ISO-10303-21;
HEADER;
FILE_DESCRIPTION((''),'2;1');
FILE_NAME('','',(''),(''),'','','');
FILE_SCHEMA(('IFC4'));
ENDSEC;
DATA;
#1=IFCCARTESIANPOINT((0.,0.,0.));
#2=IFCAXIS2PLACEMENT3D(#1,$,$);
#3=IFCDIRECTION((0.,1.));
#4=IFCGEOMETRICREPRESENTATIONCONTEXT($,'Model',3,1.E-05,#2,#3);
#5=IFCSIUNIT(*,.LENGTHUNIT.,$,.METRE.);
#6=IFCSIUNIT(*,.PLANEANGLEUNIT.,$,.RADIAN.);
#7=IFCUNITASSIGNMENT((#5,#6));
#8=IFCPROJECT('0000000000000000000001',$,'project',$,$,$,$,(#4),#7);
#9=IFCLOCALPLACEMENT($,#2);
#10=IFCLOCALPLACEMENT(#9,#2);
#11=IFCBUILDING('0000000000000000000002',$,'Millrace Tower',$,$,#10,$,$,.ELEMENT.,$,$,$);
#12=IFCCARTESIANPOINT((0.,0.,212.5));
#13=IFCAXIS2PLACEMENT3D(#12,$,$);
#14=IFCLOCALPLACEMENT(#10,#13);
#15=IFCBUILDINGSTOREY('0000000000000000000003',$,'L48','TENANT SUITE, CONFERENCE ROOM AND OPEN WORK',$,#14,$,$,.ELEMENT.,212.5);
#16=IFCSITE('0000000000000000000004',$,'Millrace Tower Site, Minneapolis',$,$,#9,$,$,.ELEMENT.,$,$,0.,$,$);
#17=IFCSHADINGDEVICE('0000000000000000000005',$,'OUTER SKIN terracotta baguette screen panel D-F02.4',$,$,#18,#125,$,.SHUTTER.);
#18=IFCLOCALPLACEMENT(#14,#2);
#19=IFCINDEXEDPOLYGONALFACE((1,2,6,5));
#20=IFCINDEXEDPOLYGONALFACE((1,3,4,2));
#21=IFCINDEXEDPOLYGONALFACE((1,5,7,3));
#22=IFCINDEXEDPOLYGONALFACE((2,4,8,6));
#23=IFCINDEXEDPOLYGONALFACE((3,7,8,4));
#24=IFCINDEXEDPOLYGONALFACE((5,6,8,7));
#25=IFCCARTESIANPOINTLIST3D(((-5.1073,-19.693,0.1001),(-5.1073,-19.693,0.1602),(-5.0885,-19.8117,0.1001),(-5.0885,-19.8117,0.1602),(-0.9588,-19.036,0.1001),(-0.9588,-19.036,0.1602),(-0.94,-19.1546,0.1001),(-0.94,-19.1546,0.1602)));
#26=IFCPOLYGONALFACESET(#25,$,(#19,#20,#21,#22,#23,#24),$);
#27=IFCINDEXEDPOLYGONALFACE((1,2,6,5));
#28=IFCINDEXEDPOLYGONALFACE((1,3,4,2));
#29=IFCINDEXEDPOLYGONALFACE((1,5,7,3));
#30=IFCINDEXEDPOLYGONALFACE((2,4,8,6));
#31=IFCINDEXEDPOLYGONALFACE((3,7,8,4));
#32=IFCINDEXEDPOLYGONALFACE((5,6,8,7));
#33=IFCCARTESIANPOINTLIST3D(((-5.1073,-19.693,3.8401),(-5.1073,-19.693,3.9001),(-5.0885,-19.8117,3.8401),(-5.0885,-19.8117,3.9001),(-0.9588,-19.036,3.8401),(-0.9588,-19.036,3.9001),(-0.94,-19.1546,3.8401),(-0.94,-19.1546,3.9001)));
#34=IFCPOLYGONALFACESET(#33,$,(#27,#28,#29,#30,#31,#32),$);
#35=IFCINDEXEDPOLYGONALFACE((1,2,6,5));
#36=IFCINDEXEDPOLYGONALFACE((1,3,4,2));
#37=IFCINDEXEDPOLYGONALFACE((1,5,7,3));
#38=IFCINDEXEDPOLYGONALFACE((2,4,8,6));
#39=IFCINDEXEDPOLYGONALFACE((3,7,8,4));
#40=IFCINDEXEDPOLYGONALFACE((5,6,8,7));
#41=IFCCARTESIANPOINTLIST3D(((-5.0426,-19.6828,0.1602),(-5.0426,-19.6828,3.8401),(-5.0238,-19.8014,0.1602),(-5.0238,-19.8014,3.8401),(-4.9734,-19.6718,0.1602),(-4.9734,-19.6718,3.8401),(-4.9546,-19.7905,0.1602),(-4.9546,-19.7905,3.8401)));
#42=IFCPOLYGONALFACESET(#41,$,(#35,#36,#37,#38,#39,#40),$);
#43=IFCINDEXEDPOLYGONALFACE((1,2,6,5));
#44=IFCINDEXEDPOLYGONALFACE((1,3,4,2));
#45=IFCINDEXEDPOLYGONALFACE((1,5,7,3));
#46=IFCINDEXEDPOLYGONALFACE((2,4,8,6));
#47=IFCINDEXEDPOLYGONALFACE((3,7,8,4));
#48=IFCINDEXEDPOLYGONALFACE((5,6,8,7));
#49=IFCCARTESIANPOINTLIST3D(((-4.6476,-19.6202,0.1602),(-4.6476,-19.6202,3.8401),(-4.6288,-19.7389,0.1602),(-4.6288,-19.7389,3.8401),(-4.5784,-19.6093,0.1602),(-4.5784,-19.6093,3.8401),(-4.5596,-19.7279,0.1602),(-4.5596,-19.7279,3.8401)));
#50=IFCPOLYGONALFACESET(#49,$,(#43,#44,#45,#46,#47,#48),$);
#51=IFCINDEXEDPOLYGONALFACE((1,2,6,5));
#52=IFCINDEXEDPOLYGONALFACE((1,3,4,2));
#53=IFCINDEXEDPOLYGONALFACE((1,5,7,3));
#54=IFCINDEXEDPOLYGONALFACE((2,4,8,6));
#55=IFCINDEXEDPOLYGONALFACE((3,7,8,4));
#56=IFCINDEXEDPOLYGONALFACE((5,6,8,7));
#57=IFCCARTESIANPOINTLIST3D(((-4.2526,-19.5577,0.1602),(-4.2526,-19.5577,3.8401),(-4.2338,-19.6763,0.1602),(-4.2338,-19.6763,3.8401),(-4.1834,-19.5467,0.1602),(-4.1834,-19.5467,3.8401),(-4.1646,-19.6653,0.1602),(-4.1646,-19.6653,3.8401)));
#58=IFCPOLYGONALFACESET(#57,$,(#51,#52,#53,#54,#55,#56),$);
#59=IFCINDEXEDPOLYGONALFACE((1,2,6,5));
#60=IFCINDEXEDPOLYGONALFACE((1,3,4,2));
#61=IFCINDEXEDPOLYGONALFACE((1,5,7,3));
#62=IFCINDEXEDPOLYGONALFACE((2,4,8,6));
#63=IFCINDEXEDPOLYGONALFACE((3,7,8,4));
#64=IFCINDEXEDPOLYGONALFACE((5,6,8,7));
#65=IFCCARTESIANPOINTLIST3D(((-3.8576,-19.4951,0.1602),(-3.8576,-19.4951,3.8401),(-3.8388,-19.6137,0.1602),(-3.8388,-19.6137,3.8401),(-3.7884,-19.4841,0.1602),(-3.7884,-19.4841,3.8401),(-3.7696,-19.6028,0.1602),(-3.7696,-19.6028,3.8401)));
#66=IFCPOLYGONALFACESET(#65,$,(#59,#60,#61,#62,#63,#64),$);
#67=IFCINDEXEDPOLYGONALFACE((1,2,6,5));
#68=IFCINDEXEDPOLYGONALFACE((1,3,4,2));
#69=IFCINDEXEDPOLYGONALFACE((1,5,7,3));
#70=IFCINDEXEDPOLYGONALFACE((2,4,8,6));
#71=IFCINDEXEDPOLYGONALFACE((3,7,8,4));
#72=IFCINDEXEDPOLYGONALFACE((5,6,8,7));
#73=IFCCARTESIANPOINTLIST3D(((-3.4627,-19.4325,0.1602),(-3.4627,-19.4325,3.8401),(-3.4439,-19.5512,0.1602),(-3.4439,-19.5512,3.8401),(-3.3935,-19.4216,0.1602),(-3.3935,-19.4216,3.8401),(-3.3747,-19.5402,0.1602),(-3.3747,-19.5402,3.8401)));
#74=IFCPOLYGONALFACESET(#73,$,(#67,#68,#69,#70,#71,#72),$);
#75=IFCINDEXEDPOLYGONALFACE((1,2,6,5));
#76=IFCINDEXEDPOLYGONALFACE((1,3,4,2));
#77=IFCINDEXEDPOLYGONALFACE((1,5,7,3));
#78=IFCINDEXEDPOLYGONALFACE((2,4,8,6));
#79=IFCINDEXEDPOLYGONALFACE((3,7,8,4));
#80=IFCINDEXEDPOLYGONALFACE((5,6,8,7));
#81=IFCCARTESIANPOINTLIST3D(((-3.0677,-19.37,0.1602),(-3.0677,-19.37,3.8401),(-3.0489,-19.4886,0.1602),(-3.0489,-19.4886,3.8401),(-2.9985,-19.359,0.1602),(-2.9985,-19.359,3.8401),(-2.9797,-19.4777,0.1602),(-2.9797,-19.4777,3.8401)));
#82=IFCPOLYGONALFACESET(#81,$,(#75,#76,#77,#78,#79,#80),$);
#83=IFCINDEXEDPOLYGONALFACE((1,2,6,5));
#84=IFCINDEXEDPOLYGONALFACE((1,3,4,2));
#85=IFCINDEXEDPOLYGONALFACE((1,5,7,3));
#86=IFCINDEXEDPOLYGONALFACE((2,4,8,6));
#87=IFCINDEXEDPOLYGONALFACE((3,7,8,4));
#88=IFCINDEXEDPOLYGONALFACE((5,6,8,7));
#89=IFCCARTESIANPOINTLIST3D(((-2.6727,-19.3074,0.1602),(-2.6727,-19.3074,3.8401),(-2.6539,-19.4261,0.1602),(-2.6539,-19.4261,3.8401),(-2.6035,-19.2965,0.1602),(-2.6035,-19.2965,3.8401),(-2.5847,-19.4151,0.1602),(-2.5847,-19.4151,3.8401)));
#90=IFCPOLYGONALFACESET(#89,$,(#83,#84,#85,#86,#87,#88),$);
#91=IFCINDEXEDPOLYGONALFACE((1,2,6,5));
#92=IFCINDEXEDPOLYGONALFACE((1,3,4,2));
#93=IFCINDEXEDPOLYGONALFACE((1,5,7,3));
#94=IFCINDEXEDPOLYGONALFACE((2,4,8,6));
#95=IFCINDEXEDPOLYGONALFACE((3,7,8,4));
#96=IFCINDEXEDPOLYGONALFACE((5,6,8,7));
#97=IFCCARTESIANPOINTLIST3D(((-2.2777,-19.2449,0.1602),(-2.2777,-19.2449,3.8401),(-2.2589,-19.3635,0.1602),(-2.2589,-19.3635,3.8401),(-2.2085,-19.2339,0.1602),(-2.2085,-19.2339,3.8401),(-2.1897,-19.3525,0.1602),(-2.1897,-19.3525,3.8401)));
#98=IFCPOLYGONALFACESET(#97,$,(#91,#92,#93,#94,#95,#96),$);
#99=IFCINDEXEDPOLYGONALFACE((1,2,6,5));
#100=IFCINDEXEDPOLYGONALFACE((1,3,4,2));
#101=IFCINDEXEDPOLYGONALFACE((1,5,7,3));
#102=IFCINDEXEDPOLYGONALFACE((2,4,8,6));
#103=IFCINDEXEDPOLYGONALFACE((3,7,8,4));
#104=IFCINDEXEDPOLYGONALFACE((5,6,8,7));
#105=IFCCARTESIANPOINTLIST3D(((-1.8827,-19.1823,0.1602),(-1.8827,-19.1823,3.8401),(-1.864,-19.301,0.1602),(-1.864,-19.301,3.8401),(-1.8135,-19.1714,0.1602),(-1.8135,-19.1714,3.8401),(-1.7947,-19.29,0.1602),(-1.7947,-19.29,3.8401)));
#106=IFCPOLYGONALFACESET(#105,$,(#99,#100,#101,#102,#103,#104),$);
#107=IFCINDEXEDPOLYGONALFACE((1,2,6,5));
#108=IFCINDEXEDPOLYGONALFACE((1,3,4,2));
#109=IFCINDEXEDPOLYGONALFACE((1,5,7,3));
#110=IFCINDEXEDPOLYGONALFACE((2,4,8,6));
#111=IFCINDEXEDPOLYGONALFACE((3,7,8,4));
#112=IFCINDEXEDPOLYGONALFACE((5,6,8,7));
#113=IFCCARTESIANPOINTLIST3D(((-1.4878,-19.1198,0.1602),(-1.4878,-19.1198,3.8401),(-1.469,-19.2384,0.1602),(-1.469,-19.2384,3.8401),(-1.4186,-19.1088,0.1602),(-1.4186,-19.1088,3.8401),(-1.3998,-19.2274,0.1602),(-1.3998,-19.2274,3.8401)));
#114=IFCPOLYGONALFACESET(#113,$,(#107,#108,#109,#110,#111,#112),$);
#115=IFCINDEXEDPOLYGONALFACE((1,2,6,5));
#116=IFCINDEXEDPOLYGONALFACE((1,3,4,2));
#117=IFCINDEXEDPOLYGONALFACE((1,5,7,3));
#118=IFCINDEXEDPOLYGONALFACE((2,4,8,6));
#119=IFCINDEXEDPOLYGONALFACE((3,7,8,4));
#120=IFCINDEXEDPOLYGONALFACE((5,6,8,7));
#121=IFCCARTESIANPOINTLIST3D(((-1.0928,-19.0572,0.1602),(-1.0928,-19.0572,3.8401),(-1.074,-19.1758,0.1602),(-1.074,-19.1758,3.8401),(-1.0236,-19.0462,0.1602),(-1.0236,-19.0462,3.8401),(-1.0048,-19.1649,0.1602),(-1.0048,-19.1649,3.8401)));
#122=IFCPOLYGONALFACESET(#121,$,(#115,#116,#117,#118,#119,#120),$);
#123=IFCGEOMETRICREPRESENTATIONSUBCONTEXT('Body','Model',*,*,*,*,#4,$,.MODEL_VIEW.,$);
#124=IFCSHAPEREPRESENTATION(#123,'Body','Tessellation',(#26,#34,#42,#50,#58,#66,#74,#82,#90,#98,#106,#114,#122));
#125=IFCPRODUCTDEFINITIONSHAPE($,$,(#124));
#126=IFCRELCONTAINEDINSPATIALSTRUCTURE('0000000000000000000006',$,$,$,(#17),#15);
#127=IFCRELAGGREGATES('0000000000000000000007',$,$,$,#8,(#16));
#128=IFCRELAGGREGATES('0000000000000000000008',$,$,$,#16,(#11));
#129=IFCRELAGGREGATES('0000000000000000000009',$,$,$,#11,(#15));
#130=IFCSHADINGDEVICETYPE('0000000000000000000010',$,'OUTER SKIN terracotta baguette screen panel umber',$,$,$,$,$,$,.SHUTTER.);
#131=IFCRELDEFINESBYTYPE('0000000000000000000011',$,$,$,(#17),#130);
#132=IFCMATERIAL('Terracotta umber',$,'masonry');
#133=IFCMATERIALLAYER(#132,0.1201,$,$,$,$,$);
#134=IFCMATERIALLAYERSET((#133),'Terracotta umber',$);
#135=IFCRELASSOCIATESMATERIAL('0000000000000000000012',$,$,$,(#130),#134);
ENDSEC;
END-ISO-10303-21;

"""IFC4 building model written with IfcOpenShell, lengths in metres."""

from ifc_helpers import new_model, entity, si_unit, direction, frame, frame_2d, origin, origin_2d, place, context, subcontext, project, spatial, rectangle, extrude, source, transform, mapped, material, layer, layer_set, type_object, element, save


model = new_model("IFC4")

# Units and contexts
model_context = context("Model", 3, precision=1e-05, world=origin(), true_north=direction((0.0, 1.0)))
body_context = subcontext(model_context, "Body", "Model", "MODEL_VIEW")
ifc_project = project(units=[si_unit("LENGTHUNIT", "METRE"), si_unit("PLANEANGLEUNIT", "RADIAN")], contexts=[model_context])

# Site, building, storey
site_placement = place(None, origin())
site = spatial("IfcSite", under=ifc_project, at=site_placement, Name="Millrace Tower Site, Minneapolis", CompositionType="ELEMENT", RefElevation=0.0)
building_placement = place(site_placement, origin())
building = spatial("IfcBuilding", under=site, at=building_placement, Name="Millrace Tower", CompositionType="ELEMENT")
storey_placement = place(building_placement, frame((0.0, 0.0, 212.5)))
storey = spatial("IfcBuildingStorey", under=building, at=storey_placement, Name="L48", Description="TENANT SUITE, CONFERENCE ROOM AND OPEN WORK", CompositionType="ELEMENT", Elevation=212.5)

# Shading device
ifc_material_1 = material(Name="Terracotta umber", Category="masonry")
ifc_layer_1 = layer(ifc_material_1, 0.1201)
ifc_layer_set_1 = layer_set([ifc_layer_1], Name="Terracotta umber")
shading_device_type = type_object("IfcShadingDeviceType", Name="OUTER SKIN terracotta baguette screen panel umber", PredefinedType="SHUTTER", material=ifc_layer_set_1)
cartesian_point = entity("IfcCartesianPoint", [-2.1001, 0.0601])
shared_polyline = entity("IfcPolyline", [cartesian_point, entity("IfcCartesianPoint", [2.1001, 0.0601]), entity("IfcCartesianPoint", [2.1001, -0.0601]), entity("IfcCartesianPoint", [-2.1001, -0.0601]), cartesian_point])
shared_shape = source(origin(), body_context, "Body", "SweptSolid", [
    entity("IfcExtrudedAreaSolid", entity("IfcArbitraryClosedProfileDef", "AREA", None, shared_polyline), entity("IfcAxis2Placement3D", entity("IfcCartesianPoint", [0.0, 0.0, 0.0])), entity("IfcDirection", [0.0, 0.0, 1.0]), 0.0601),
    entity("IfcExtrudedAreaSolid", entity("IfcArbitraryClosedProfileDef", "AREA", None, shared_polyline), entity("IfcAxis2Placement3D", entity("IfcCartesianPoint", [0.0, 0.0, 3.74])), entity("IfcDirection", [0.0, 0.0, 1.0]), 0.0601),
    extrude(rectangle(XDim=0.0701, YDim=0.1201, at=frame_2d((-1.9995, 0.0))), frame((0.0, 0.0, 0.0601)), (0.0, 0.0, 1.0), 3.6799),
    extrude(rectangle(XDim=0.0701, YDim=0.1201, at=frame_2d((-1.5996, 0.0))), frame((0.0, 0.0, 0.0601)), (0.0, 0.0, 1.0), 3.6799),
    extrude(rectangle(XDim=0.0701, YDim=0.1201, at=frame_2d((-1.1997, 0.0))), frame((0.0, 0.0, 0.0601)), (0.0, 0.0, 1.0), 3.6799),
    extrude(rectangle(XDim=0.0701, YDim=0.1201, at=frame_2d((-0.7998, 0.0))), frame((0.0, 0.0, 0.0601)), (0.0, 0.0, 1.0), 3.6799),
    extrude(rectangle(XDim=0.0701, YDim=0.1201, at=frame_2d((-0.3999, 0.0))), frame((0.0, 0.0, 0.0601)), (0.0, 0.0, 1.0), 3.6799),
    extrude(rectangle(XDim=0.0701, YDim=0.1201, at=origin_2d()), frame((0.0, 0.0, 0.0601)), (0.0, 0.0, 1.0), 3.6799),
    extrude(rectangle(XDim=0.0701, YDim=0.1201, at=frame_2d((0.3999, 0.0))), frame((0.0, 0.0, 0.0601)), (0.0, 0.0, 1.0), 3.6799),
    extrude(rectangle(XDim=0.0701, YDim=0.1201, at=frame_2d((0.7998, 0.0))), frame((0.0, 0.0, 0.0601)), (0.0, 0.0, 1.0), 3.6799),
    extrude(rectangle(XDim=0.0701, YDim=0.1201, at=frame_2d((1.1997, 0.0))), frame((0.0, 0.0, 0.0601)), (0.0, 0.0, 1.0), 3.6799),
    extrude(rectangle(XDim=0.0701, YDim=0.1201, at=frame_2d((1.5996, 0.0))), frame((0.0, 0.0, 0.0601)), (0.0, 0.0, 1.0), 3.6799),
    extrude(rectangle(XDim=0.0701, YDim=0.1201, at=frame_2d((1.9995, 0.0))), frame((0.0, 0.0, 0.0601)), (0.0, 0.0, 1.0), 3.6799),
])
for number, where, z_axis, x_axis, name in (
    (1, (-3.0237, -19.4238, 0.1001), (0.0, 0.0, 1.0), (0.987688, 0.156434, 0.0), "OUTER SKIN terracotta baguette screen panel D-F02.4"),
):
    element("IfcShadingDevice", number, at=place(storey_placement, frame(where, z_axis=z_axis, x_axis=x_axis)), inside=storey, type_object=shading_device_type, Name=name, PredefinedType="SHUTTER", context=body_context, shape_type="MappedRepresentation", body=[
        mapped(shared_shape, transform((0.0, 0.0, 0.0), scale=1.0)),
    ])

save(model, "model.ifc")
